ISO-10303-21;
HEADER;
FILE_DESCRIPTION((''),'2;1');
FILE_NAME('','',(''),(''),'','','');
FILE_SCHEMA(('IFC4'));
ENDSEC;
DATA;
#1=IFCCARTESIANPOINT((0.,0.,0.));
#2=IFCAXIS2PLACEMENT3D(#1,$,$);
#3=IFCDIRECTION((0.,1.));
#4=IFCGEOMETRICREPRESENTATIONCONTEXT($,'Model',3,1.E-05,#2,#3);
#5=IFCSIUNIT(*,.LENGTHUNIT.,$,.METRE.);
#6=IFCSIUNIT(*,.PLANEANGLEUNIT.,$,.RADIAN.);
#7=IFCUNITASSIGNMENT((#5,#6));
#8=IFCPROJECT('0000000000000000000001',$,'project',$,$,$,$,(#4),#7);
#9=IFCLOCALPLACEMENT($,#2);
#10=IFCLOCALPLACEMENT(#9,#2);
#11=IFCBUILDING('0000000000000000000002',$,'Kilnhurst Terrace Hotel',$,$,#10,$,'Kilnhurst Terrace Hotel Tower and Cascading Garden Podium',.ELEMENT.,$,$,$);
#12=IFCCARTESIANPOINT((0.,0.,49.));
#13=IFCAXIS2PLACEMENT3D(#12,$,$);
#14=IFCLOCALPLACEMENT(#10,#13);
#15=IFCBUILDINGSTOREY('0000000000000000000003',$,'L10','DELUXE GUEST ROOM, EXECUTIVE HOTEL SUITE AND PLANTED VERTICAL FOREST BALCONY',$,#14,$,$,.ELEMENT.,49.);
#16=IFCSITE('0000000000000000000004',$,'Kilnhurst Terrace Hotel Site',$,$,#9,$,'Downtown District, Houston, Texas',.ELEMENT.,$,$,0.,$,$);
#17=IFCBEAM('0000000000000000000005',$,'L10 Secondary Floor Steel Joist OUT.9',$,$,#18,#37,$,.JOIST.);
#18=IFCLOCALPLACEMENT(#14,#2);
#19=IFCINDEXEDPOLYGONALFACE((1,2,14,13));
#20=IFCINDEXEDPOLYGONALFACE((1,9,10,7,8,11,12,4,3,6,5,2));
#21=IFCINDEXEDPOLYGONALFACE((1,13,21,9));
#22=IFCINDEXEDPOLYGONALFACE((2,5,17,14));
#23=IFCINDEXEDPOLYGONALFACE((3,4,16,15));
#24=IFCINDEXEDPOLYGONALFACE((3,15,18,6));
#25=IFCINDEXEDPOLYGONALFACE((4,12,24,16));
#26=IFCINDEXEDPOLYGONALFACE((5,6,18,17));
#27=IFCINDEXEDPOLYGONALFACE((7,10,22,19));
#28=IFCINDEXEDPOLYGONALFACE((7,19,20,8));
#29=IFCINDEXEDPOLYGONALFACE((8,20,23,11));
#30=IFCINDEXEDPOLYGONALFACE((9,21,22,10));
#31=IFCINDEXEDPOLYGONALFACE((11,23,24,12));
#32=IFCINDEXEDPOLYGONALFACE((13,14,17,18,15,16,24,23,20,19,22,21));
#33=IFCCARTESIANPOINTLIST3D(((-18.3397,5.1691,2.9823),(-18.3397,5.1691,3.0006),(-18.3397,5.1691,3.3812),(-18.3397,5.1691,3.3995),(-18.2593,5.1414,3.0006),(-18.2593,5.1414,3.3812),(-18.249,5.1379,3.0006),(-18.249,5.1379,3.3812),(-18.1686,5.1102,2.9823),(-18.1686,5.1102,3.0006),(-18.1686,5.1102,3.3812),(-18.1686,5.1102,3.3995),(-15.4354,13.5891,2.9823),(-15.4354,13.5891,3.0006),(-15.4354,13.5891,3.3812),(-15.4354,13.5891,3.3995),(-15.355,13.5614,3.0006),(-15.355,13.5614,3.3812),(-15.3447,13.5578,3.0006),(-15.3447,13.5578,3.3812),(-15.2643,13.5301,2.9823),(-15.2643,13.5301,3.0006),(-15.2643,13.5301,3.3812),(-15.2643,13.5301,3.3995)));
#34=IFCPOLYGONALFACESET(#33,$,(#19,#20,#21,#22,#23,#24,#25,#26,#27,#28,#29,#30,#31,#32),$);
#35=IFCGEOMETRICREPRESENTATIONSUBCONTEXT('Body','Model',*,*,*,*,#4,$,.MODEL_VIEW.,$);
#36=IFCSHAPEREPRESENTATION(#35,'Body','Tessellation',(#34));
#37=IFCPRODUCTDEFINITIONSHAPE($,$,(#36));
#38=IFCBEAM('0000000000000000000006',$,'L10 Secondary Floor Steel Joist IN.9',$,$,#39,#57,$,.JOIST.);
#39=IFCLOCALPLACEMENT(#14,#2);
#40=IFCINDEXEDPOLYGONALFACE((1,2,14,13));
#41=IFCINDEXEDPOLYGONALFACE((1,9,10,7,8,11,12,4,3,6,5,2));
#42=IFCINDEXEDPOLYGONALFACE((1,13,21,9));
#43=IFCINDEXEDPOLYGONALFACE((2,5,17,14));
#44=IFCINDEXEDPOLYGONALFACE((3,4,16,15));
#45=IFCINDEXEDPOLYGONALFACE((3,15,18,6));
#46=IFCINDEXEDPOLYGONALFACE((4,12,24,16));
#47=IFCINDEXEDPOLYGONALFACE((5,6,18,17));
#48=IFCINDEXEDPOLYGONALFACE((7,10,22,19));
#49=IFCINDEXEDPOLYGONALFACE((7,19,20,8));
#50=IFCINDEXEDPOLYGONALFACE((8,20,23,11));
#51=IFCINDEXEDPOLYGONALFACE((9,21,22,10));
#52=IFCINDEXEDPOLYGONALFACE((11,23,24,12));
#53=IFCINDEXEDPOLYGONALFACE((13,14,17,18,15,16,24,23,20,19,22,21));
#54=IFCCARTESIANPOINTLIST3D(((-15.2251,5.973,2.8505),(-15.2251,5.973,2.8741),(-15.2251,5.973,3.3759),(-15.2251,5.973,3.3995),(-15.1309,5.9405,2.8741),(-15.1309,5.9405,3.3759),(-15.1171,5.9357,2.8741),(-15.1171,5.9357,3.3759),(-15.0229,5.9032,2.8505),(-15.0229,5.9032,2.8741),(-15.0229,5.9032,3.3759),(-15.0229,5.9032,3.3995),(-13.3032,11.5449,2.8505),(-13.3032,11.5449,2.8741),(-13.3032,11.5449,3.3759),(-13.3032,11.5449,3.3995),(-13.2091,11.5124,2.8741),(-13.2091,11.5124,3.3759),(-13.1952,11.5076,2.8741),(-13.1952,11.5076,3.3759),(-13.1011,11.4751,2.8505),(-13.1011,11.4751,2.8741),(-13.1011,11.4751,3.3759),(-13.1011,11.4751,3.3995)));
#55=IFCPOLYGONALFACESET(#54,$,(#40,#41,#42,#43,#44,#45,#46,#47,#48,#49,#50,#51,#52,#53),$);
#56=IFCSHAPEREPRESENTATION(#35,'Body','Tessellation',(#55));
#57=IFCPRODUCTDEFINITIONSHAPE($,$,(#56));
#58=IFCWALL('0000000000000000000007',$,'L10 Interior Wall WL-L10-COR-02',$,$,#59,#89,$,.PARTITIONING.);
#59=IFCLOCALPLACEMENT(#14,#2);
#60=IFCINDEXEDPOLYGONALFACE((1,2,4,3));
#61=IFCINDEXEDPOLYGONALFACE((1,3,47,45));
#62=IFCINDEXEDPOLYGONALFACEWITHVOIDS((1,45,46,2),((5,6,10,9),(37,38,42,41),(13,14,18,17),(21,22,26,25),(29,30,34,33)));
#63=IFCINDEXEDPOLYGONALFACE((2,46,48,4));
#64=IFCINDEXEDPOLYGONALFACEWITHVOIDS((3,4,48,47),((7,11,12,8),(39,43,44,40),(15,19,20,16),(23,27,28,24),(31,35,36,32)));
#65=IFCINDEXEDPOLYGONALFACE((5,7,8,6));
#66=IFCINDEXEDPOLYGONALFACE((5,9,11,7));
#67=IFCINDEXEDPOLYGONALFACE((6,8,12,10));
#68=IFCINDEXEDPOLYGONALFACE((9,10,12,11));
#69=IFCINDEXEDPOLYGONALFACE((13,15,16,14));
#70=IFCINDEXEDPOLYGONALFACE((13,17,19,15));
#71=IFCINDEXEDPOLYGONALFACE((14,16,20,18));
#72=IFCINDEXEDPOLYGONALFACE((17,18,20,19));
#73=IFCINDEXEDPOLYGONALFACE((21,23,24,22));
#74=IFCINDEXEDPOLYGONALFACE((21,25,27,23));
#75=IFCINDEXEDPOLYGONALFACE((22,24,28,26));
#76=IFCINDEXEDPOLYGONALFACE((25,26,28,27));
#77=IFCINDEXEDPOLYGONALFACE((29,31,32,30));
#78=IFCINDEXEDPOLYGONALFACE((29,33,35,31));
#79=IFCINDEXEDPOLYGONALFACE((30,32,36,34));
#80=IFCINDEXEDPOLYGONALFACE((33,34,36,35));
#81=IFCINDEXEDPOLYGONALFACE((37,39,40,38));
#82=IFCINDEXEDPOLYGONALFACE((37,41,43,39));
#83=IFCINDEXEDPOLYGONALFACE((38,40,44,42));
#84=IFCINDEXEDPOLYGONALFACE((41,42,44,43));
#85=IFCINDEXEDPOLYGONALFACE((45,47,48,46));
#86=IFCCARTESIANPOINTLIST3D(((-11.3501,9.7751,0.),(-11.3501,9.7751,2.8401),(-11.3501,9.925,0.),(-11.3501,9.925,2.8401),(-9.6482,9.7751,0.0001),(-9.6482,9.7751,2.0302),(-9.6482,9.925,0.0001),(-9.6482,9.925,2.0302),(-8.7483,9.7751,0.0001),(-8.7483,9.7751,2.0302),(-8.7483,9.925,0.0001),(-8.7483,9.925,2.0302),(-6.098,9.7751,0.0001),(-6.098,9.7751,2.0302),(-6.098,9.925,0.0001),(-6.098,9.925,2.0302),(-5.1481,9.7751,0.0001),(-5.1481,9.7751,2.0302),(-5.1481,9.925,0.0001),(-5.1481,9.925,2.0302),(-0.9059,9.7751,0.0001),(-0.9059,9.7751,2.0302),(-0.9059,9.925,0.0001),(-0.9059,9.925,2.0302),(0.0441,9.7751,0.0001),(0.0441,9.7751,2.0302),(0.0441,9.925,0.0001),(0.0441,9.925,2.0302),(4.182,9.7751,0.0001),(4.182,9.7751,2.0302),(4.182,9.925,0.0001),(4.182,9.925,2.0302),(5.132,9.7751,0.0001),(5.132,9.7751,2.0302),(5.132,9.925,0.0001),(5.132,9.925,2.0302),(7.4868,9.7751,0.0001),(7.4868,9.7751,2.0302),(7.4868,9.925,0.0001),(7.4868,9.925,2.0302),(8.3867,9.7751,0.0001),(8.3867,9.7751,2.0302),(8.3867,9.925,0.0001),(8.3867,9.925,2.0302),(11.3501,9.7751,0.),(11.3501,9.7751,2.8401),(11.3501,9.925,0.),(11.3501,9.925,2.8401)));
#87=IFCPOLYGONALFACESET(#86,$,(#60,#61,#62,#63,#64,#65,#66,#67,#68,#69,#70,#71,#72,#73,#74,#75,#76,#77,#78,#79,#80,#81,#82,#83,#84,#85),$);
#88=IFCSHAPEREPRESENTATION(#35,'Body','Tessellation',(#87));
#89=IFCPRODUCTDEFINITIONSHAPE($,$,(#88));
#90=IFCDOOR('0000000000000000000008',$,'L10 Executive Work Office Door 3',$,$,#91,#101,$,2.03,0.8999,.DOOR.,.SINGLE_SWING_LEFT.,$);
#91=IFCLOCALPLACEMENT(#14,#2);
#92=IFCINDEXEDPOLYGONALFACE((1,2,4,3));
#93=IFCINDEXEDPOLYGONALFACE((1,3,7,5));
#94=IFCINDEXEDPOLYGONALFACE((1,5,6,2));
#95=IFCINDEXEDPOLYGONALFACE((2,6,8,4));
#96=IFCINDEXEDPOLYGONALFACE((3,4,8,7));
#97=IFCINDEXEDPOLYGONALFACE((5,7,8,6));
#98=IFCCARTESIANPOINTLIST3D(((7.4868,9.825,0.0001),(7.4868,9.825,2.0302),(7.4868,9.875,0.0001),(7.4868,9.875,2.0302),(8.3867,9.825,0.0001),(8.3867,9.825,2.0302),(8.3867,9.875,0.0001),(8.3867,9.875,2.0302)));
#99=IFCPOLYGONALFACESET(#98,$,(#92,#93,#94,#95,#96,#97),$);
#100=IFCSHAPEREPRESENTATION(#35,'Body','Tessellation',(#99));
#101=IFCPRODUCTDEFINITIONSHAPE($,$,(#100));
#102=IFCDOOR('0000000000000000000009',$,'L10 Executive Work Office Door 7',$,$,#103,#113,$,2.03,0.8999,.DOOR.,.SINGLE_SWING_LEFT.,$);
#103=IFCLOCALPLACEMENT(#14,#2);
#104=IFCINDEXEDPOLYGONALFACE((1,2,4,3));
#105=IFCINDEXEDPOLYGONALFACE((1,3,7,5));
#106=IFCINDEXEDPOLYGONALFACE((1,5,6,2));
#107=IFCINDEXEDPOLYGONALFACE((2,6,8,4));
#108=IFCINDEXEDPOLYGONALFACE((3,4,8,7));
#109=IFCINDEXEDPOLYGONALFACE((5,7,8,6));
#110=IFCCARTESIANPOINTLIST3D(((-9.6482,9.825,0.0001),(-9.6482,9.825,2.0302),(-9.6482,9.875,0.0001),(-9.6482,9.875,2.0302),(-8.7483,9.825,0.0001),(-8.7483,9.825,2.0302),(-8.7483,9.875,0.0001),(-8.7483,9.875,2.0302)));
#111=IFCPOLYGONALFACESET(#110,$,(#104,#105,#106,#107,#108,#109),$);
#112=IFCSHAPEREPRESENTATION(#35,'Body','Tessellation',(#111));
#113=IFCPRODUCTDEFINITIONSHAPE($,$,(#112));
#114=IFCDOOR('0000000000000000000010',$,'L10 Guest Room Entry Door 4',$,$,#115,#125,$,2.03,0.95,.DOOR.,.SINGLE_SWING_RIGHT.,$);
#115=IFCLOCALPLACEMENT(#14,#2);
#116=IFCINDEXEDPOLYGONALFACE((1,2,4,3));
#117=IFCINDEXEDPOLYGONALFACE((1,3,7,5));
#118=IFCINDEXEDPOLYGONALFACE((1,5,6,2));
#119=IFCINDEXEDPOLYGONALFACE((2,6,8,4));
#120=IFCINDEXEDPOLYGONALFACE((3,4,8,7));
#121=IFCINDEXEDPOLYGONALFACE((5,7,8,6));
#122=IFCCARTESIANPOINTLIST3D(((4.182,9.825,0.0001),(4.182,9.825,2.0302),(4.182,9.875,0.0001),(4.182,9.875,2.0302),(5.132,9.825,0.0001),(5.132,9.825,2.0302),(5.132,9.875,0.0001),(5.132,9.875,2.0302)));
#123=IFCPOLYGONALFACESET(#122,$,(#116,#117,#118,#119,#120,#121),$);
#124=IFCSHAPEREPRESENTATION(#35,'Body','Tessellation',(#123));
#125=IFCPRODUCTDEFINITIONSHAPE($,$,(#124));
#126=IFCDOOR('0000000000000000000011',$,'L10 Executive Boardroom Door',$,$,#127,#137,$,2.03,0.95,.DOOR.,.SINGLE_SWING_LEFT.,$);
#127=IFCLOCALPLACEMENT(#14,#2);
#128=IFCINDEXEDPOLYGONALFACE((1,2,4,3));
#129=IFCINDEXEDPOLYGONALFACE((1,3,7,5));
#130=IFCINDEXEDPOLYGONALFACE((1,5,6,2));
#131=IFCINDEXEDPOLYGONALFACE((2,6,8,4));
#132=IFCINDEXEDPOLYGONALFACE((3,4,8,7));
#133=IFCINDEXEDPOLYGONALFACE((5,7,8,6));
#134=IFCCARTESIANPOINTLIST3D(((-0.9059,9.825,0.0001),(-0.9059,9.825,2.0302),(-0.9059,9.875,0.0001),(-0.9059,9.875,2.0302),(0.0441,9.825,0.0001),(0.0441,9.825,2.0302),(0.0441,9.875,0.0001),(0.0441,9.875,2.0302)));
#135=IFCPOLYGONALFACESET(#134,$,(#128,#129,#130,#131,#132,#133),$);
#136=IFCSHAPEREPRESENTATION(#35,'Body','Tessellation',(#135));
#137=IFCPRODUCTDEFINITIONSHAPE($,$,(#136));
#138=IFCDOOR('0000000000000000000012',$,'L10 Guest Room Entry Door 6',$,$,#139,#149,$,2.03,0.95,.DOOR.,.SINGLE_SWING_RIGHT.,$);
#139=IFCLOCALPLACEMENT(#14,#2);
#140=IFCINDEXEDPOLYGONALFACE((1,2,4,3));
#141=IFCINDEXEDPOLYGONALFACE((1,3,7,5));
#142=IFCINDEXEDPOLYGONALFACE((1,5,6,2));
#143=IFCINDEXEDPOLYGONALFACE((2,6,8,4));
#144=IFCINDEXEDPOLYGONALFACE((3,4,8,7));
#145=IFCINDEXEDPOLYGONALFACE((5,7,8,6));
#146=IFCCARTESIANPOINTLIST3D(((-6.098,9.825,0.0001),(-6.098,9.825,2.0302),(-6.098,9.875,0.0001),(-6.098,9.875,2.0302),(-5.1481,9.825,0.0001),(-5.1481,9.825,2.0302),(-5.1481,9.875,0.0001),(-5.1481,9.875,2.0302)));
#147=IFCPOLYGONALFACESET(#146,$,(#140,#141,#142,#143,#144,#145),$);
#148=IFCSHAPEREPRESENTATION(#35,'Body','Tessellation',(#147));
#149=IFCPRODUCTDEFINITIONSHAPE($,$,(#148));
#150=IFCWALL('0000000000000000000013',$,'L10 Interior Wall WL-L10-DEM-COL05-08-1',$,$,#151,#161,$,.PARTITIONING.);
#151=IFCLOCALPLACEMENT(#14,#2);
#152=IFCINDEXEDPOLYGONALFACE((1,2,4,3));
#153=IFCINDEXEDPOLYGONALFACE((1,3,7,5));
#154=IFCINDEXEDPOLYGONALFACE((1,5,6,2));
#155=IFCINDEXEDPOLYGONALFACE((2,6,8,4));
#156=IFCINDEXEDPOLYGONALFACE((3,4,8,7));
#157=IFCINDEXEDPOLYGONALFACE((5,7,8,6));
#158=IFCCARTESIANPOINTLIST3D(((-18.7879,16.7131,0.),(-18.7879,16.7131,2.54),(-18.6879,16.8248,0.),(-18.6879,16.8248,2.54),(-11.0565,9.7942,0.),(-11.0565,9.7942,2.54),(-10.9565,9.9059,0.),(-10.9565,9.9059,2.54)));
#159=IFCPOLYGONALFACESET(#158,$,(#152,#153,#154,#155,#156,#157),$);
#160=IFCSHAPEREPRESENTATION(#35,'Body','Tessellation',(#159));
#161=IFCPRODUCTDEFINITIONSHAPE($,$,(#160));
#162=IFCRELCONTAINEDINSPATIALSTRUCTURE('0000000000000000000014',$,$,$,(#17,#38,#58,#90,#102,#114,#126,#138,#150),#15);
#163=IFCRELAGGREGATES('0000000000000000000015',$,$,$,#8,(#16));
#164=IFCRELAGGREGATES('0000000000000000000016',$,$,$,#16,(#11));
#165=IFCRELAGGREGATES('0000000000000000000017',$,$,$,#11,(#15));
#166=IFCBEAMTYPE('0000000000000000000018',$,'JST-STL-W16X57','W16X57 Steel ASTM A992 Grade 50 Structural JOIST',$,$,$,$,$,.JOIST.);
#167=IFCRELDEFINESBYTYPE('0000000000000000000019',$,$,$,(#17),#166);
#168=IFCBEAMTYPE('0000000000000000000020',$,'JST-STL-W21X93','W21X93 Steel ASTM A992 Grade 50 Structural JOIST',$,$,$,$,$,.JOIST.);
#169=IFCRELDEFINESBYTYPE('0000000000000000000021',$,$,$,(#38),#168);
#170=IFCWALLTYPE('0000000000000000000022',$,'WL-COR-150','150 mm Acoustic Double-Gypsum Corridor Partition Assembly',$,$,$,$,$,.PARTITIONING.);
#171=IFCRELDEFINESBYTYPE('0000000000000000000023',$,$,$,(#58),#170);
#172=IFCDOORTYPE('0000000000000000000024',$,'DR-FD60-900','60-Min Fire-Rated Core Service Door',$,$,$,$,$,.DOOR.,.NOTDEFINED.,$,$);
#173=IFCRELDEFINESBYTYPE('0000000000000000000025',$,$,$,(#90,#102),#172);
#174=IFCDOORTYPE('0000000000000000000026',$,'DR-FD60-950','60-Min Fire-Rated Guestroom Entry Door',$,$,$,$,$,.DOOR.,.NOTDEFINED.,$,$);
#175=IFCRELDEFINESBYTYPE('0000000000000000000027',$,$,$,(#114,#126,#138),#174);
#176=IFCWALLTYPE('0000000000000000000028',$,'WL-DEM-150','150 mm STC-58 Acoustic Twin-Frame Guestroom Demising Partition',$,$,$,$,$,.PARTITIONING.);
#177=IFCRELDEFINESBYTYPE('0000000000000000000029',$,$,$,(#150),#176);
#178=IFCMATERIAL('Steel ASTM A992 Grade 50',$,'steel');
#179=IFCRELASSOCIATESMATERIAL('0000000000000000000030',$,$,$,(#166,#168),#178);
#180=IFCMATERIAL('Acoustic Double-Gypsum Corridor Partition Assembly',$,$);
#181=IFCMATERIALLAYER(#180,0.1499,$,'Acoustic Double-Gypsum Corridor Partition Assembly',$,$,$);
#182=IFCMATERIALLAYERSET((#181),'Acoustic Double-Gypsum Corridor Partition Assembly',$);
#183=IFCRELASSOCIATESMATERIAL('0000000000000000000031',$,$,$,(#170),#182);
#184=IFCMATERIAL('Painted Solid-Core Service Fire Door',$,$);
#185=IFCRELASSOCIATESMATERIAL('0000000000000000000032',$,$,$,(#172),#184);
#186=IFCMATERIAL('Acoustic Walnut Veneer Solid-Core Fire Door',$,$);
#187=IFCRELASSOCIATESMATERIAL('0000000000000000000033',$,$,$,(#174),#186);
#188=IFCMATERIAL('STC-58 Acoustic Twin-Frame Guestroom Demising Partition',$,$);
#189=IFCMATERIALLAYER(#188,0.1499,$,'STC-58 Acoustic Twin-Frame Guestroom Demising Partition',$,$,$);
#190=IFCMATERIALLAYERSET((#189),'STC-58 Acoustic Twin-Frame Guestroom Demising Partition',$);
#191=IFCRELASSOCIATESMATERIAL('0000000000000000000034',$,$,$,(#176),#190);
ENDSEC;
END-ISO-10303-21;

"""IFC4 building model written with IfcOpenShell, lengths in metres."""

from ifc_helpers import new_model, si_unit, direction, frame, frame_2d, origin, origin_2d, place, context, subcontext, project, spatial, rectangle, i_section, extrude, material, layer, layer_set, material_profile, profile_set, type_object, element, fill, save


model = new_model("IFC4")

# Units and contexts
model_context = context("Model", 3, precision=1e-05, world=origin(), true_north=direction((0.0, 1.0)))
body_context = subcontext(model_context, "Body", "Model", "MODEL_VIEW")
ifc_project = project(units=[si_unit("LENGTHUNIT", "METRE"), si_unit("PLANEANGLEUNIT", "RADIAN")], contexts=[model_context])

# Site, building, storey
site_placement = place(None, origin())
site = spatial("IfcSite", under=ifc_project, at=site_placement, Name="Kilnhurst Terrace Hotel Site", LongName="Downtown District, Houston, Texas", CompositionType="ELEMENT", RefElevation=0.0)
building_placement = place(site_placement, origin())
building = spatial("IfcBuilding", under=site, at=building_placement, Name="Kilnhurst Terrace Hotel", LongName="Kilnhurst Terrace Hotel Tower and Cascading Garden Podium", CompositionType="ELEMENT")
storey_placement = place(building_placement, frame((0.0, 0.0, 49.0)))
storey = spatial("IfcBuildingStorey", under=building, at=storey_placement, Name="L10", Description="DELUXE GUEST ROOM, EXECUTIVE HOTEL SUITE AND PLANTED VERTICAL FOREST BALCONY", CompositionType="ELEMENT", Elevation=49.0)

# Beams
ifc_material_1 = material(Name="Steel ASTM A992 Grade 50", Category="steel")
ifc_material_profile_1 = material_profile(ifc_material_1, i_section(OverallWidth=0.1809, OverallDepth=0.4172, WebThickness=0.011, FlangeThickness=0.0183, at=origin_2d()), Name="W16X57")
ifc_profile_set_1 = profile_set([ifc_material_profile_1], Name="Steel ASTM A992 Grade 50")
beam_type_1 = type_object("IfcBeamType", Name="JST-STL-W16X57", Description="W16X57 Steel ASTM A992 Grade 50 Structural JOIST", PredefinedType="JOIST", material=ifc_profile_set_1)
beam_1_placement = place(storey_placement, frame((-15.3499, 13.5596, 3.1909), z_axis=(-0.326079, -0.945343, 0.0), x_axis=(0.945343, -0.326079, 0.0)))
element("IfcBeam", 1, at=beam_1_placement, inside=storey, type_object=beam_type_1, Name="L10 Secondary Floor Steel Joist OUT.9", PredefinedType="JOIST", context=body_context, shape_type="SweptSolid", body=[
    extrude(i_section(OverallWidth=0.1809, OverallDepth=0.4172, WebThickness=0.011, FlangeThickness=0.0183, at=origin_2d()), origin(), (0.0, 0.0, 1.0), 8.9067),
])
ifc_material_profile_2 = material_profile(ifc_material_1, i_section(OverallWidth=0.2139, OverallDepth=0.5491, WebThickness=0.0146, FlangeThickness=0.0237, at=origin_2d()), Name="W21X93")
ifc_profile_set_2 = profile_set([ifc_material_profile_2], Name="Steel ASTM A992 Grade 50")
beam_type_2 = type_object("IfcBeamType", Name="JST-STL-W21X93", Description="W21X93 Steel ASTM A992 Grade 50 Structural JOIST", PredefinedType="JOIST", material=ifc_profile_set_2)
beam_2_placement = place(storey_placement, frame((-13.2021, 11.51, 3.125), z_axis=(-0.326065, -0.945347, 0.0), x_axis=(0.945347, -0.326065, 0.0)))
element("IfcBeam", 2, at=beam_2_placement, inside=storey, type_object=beam_type_2, Name="L10 Secondary Floor Steel Joist IN.9", PredefinedType="JOIST", context=body_context, shape_type="SweptSolid", body=[
    extrude(i_section(OverallWidth=0.2139, OverallDepth=0.5491, WebThickness=0.0146, FlangeThickness=0.0237, at=origin_2d()), origin(), (0.0, 0.0, 1.0), 5.894),
])

# Wall, openings, doors
ifc_material_2 = material(Name="Acoustic Double-Gypsum Corridor Partition Assembly")
ifc_layer_1 = layer(ifc_material_2, 0.1499, Name="Acoustic Double-Gypsum Corridor Partition Assembly")
ifc_layer_set_1 = layer_set([ifc_layer_1], Name="Acoustic Double-Gypsum Corridor Partition Assembly")
wall_type_1 = type_object("IfcWallType", Name="WL-COR-150", Description="150 mm Acoustic Double-Gypsum Corridor Partition Assembly", PredefinedType="PARTITIONING", material=ifc_layer_set_1)
wall_1_placement = place(storey_placement, frame((-11.3501, 9.8501, 0.0), z_axis=(0.0, 0.0, 1.0), x_axis=(1.0, 0.0, 0.0)))
wall_1 = element("IfcWall", 3, at=wall_1_placement, inside=storey, type_object=wall_type_1, Name="L10 Interior Wall WL-L10-COR-02", PredefinedType="PARTITIONING", context=body_context, shape_type="SweptSolid", body=[
    extrude(rectangle(XDim=22.7002, YDim=0.1499, at=frame_2d((11.3501, 0.0))), origin(), (0.0, 0.0, 1.0), 2.8401),
])
opening_1_placement = place(wall_1_placement, frame((18.8369, 0.0, 0.0)))
opening_1 = element("IfcOpeningElement", 4, at=opening_1_placement, cuts=wall_1, PredefinedType="OPENING", context=body_context, shape_type="SweptSolid", body=[
    extrude(rectangle(XDim=0.8999, YDim=2.03, at=frame_2d((0.45, 1.0151))), frame((0.0, 0.085, 0.0), z_axis=(0.0, -1.0, 0.0), x_axis=(1.0, 0.0, 0.0)), (0.0, 0.0, 1.0), 0.1699),
])
opening_2_placement = place(wall_1_placement, frame((15.532, 0.0, 0.0)))
opening_2 = element("IfcOpeningElement", 5, at=opening_2_placement, cuts=wall_1, PredefinedType="OPENING", context=body_context, shape_type="SweptSolid", body=[
    extrude(rectangle(XDim=0.95, YDim=2.03, at=frame_2d((0.4751, 1.0151))), frame((0.0, 0.085, 0.0), z_axis=(0.0, -1.0, 0.0), x_axis=(1.0, 0.0, 0.0)), (0.0, 0.0, 1.0), 0.1699),
])
opening_3_placement = place(wall_1_placement, frame((10.4441, 0.0, 0.0)))
opening_3 = element("IfcOpeningElement", 6, at=opening_3_placement, cuts=wall_1, PredefinedType="OPENING", context=body_context, shape_type="SweptSolid", body=[
    extrude(rectangle(XDim=0.95, YDim=2.03, at=frame_2d((0.4751, 1.0151))), frame((0.0, 0.085, 0.0), z_axis=(0.0, -1.0, 0.0), x_axis=(1.0, 0.0, 0.0)), (0.0, 0.0, 1.0), 0.1699),
])
opening_4_placement = place(wall_1_placement, frame((5.252, 0.0, 0.0)))
opening_4 = element("IfcOpeningElement", 7, at=opening_4_placement, cuts=wall_1, PredefinedType="OPENING", context=body_context, shape_type="SweptSolid", body=[
    extrude(rectangle(XDim=0.95, YDim=2.03, at=frame_2d((0.4751, 1.0151))), frame((0.0, 0.085, 0.0), z_axis=(0.0, -1.0, 0.0), x_axis=(1.0, 0.0, 0.0)), (0.0, 0.0, 1.0), 0.1699),
])
opening_5_placement = place(wall_1_placement, frame((1.7019, 0.0, 0.0)))
opening_5 = element("IfcOpeningElement", 8, at=opening_5_placement, cuts=wall_1, PredefinedType="OPENING", context=body_context, shape_type="SweptSolid", body=[
    extrude(rectangle(XDim=0.8999, YDim=2.03, at=frame_2d((0.45, 1.0151))), frame((0.0, 0.085, 0.0), z_axis=(0.0, -1.0, 0.0), x_axis=(1.0, 0.0, 0.0)), (0.0, 0.0, 1.0), 0.1699),
])
ifc_material_3 = material(Name="Painted Solid-Core Service Fire Door")
door_type_1 = type_object("IfcDoorType", Name="DR-FD60-900", Description="60-Min Fire-Rated Core Service Door", OperationType="NOTDEFINED", PredefinedType="DOOR", material=ifc_material_3)
door_1_placement = place(opening_1_placement, origin())
door_1 = element("IfcDoor", 9, at=door_1_placement, inside=storey, type_object=door_type_1, Name="L10 Executive Work Office Door 3", OperationType="SINGLE_SWING_LEFT", OverallHeight=2.03, OverallWidth=0.8999, PredefinedType="DOOR", context=body_context, shape_type="SweptSolid", body=[
    extrude(rectangle(XDim=0.8999, YDim=2.03, at=frame_2d((0.45, 1.0151))), frame((0.0, 0.0249, 0.0), z_axis=(0.0, -1.0, 0.0), x_axis=(1.0, 0.0, 0.0)), (0.0, 0.0, 1.0), 0.05),
])
fill(opening_1, door_1)
door_2_placement = place(opening_5_placement, origin())
door_2 = element("IfcDoor", 10, at=door_2_placement, inside=storey, type_object=door_type_1, Name="L10 Executive Work Office Door 7", OperationType="SINGLE_SWING_LEFT", OverallHeight=2.03, OverallWidth=0.8999, PredefinedType="DOOR", context=body_context, shape_type="SweptSolid", body=[
    extrude(rectangle(XDim=0.8999, YDim=2.03, at=frame_2d((0.45, 1.0151))), frame((0.0, 0.0249, 0.0), z_axis=(0.0, -1.0, 0.0), x_axis=(1.0, 0.0, 0.0)), (0.0, 0.0, 1.0), 0.05),
])
fill(opening_5, door_2)
ifc_material_4 = material(Name="Acoustic Walnut Veneer Solid-Core Fire Door")
door_type_2 = type_object("IfcDoorType", Name="DR-FD60-950", Description="60-Min Fire-Rated Guestroom Entry Door", OperationType="NOTDEFINED", PredefinedType="DOOR", material=ifc_material_4)
door_3_placement = place(opening_2_placement, origin())
door_3 = element("IfcDoor", 11, at=door_3_placement, inside=storey, type_object=door_type_2, Name="L10 Guest Room Entry Door 4", OperationType="SINGLE_SWING_RIGHT", OverallHeight=2.03, OverallWidth=0.95, PredefinedType="DOOR", context=body_context, shape_type="SweptSolid", body=[
    extrude(rectangle(XDim=0.95, YDim=2.03, at=frame_2d((0.4751, 1.0151))), frame((0.0, 0.0249, 0.0), z_axis=(0.0, -1.0, 0.0), x_axis=(1.0, 0.0, 0.0)), (0.0, 0.0, 1.0), 0.05),
])
fill(opening_2, door_3)
door_4_placement = place(opening_3_placement, origin())
door_4 = element("IfcDoor", 12, at=door_4_placement, inside=storey, type_object=door_type_2, Name="L10 Executive Boardroom Door", OperationType="SINGLE_SWING_LEFT", OverallHeight=2.03, OverallWidth=0.95, PredefinedType="DOOR", context=body_context, shape_type="SweptSolid", body=[
    extrude(rectangle(XDim=0.95, YDim=2.03, at=frame_2d((0.4751, 1.0151))), frame((0.0, 0.0249, 0.0), z_axis=(0.0, -1.0, 0.0), x_axis=(1.0, 0.0, 0.0)), (0.0, 0.0, 1.0), 0.05),
])
fill(opening_3, door_4)
door_5_placement = place(opening_4_placement, origin())
door_5 = element("IfcDoor", 13, at=door_5_placement, inside=storey, type_object=door_type_2, Name="L10 Guest Room Entry Door 6", OperationType="SINGLE_SWING_RIGHT", OverallHeight=2.03, OverallWidth=0.95, PredefinedType="DOOR", context=body_context, shape_type="SweptSolid", body=[
    extrude(rectangle(XDim=0.95, YDim=2.03, at=frame_2d((0.4751, 1.0151))), frame((0.0, 0.0249, 0.0), z_axis=(0.0, -1.0, 0.0), x_axis=(1.0, 0.0, 0.0)), (0.0, 0.0, 1.0), 0.05),
])
fill(opening_4, door_5)

# Wall
ifc_material_5 = material(Name="STC-58 Acoustic Twin-Frame Guestroom Demising Partition")
ifc_layer_2 = layer(ifc_material_5, 0.1499, Name="STC-58 Acoustic Twin-Frame Guestroom Demising Partition")
ifc_layer_set_2 = layer_set([ifc_layer_2], Name="STC-58 Acoustic Twin-Frame Guestroom Demising Partition")
wall_type_2 = type_object("IfcWallType", Name="WL-DEM-150", Description="150 mm STC-58 Acoustic Twin-Frame Guestroom Demising Partition", PredefinedType="PARTITIONING", material=ifc_layer_set_2)
wall_2_placement = place(storey_placement, frame((-11.0066, 9.8501, 0.0), z_axis=(0.0, 0.0, 1.0), x_axis=(-0.745177, 0.666866, 0.0)))
element("IfcWall", 14, at=wall_2_placement, inside=storey, type_object=wall_type_2, Name="L10 Interior Wall WL-L10-DEM-COL05-08-1", PredefinedType="PARTITIONING", context=body_context, shape_type="SweptSolid", body=[
    extrude(rectangle(XDim=10.3752, YDim=0.1499, at=frame_2d((5.1875, 0.0))), origin(), (0.0, 0.0, 1.0), 2.54),
])

save(model, "model.ifc")
